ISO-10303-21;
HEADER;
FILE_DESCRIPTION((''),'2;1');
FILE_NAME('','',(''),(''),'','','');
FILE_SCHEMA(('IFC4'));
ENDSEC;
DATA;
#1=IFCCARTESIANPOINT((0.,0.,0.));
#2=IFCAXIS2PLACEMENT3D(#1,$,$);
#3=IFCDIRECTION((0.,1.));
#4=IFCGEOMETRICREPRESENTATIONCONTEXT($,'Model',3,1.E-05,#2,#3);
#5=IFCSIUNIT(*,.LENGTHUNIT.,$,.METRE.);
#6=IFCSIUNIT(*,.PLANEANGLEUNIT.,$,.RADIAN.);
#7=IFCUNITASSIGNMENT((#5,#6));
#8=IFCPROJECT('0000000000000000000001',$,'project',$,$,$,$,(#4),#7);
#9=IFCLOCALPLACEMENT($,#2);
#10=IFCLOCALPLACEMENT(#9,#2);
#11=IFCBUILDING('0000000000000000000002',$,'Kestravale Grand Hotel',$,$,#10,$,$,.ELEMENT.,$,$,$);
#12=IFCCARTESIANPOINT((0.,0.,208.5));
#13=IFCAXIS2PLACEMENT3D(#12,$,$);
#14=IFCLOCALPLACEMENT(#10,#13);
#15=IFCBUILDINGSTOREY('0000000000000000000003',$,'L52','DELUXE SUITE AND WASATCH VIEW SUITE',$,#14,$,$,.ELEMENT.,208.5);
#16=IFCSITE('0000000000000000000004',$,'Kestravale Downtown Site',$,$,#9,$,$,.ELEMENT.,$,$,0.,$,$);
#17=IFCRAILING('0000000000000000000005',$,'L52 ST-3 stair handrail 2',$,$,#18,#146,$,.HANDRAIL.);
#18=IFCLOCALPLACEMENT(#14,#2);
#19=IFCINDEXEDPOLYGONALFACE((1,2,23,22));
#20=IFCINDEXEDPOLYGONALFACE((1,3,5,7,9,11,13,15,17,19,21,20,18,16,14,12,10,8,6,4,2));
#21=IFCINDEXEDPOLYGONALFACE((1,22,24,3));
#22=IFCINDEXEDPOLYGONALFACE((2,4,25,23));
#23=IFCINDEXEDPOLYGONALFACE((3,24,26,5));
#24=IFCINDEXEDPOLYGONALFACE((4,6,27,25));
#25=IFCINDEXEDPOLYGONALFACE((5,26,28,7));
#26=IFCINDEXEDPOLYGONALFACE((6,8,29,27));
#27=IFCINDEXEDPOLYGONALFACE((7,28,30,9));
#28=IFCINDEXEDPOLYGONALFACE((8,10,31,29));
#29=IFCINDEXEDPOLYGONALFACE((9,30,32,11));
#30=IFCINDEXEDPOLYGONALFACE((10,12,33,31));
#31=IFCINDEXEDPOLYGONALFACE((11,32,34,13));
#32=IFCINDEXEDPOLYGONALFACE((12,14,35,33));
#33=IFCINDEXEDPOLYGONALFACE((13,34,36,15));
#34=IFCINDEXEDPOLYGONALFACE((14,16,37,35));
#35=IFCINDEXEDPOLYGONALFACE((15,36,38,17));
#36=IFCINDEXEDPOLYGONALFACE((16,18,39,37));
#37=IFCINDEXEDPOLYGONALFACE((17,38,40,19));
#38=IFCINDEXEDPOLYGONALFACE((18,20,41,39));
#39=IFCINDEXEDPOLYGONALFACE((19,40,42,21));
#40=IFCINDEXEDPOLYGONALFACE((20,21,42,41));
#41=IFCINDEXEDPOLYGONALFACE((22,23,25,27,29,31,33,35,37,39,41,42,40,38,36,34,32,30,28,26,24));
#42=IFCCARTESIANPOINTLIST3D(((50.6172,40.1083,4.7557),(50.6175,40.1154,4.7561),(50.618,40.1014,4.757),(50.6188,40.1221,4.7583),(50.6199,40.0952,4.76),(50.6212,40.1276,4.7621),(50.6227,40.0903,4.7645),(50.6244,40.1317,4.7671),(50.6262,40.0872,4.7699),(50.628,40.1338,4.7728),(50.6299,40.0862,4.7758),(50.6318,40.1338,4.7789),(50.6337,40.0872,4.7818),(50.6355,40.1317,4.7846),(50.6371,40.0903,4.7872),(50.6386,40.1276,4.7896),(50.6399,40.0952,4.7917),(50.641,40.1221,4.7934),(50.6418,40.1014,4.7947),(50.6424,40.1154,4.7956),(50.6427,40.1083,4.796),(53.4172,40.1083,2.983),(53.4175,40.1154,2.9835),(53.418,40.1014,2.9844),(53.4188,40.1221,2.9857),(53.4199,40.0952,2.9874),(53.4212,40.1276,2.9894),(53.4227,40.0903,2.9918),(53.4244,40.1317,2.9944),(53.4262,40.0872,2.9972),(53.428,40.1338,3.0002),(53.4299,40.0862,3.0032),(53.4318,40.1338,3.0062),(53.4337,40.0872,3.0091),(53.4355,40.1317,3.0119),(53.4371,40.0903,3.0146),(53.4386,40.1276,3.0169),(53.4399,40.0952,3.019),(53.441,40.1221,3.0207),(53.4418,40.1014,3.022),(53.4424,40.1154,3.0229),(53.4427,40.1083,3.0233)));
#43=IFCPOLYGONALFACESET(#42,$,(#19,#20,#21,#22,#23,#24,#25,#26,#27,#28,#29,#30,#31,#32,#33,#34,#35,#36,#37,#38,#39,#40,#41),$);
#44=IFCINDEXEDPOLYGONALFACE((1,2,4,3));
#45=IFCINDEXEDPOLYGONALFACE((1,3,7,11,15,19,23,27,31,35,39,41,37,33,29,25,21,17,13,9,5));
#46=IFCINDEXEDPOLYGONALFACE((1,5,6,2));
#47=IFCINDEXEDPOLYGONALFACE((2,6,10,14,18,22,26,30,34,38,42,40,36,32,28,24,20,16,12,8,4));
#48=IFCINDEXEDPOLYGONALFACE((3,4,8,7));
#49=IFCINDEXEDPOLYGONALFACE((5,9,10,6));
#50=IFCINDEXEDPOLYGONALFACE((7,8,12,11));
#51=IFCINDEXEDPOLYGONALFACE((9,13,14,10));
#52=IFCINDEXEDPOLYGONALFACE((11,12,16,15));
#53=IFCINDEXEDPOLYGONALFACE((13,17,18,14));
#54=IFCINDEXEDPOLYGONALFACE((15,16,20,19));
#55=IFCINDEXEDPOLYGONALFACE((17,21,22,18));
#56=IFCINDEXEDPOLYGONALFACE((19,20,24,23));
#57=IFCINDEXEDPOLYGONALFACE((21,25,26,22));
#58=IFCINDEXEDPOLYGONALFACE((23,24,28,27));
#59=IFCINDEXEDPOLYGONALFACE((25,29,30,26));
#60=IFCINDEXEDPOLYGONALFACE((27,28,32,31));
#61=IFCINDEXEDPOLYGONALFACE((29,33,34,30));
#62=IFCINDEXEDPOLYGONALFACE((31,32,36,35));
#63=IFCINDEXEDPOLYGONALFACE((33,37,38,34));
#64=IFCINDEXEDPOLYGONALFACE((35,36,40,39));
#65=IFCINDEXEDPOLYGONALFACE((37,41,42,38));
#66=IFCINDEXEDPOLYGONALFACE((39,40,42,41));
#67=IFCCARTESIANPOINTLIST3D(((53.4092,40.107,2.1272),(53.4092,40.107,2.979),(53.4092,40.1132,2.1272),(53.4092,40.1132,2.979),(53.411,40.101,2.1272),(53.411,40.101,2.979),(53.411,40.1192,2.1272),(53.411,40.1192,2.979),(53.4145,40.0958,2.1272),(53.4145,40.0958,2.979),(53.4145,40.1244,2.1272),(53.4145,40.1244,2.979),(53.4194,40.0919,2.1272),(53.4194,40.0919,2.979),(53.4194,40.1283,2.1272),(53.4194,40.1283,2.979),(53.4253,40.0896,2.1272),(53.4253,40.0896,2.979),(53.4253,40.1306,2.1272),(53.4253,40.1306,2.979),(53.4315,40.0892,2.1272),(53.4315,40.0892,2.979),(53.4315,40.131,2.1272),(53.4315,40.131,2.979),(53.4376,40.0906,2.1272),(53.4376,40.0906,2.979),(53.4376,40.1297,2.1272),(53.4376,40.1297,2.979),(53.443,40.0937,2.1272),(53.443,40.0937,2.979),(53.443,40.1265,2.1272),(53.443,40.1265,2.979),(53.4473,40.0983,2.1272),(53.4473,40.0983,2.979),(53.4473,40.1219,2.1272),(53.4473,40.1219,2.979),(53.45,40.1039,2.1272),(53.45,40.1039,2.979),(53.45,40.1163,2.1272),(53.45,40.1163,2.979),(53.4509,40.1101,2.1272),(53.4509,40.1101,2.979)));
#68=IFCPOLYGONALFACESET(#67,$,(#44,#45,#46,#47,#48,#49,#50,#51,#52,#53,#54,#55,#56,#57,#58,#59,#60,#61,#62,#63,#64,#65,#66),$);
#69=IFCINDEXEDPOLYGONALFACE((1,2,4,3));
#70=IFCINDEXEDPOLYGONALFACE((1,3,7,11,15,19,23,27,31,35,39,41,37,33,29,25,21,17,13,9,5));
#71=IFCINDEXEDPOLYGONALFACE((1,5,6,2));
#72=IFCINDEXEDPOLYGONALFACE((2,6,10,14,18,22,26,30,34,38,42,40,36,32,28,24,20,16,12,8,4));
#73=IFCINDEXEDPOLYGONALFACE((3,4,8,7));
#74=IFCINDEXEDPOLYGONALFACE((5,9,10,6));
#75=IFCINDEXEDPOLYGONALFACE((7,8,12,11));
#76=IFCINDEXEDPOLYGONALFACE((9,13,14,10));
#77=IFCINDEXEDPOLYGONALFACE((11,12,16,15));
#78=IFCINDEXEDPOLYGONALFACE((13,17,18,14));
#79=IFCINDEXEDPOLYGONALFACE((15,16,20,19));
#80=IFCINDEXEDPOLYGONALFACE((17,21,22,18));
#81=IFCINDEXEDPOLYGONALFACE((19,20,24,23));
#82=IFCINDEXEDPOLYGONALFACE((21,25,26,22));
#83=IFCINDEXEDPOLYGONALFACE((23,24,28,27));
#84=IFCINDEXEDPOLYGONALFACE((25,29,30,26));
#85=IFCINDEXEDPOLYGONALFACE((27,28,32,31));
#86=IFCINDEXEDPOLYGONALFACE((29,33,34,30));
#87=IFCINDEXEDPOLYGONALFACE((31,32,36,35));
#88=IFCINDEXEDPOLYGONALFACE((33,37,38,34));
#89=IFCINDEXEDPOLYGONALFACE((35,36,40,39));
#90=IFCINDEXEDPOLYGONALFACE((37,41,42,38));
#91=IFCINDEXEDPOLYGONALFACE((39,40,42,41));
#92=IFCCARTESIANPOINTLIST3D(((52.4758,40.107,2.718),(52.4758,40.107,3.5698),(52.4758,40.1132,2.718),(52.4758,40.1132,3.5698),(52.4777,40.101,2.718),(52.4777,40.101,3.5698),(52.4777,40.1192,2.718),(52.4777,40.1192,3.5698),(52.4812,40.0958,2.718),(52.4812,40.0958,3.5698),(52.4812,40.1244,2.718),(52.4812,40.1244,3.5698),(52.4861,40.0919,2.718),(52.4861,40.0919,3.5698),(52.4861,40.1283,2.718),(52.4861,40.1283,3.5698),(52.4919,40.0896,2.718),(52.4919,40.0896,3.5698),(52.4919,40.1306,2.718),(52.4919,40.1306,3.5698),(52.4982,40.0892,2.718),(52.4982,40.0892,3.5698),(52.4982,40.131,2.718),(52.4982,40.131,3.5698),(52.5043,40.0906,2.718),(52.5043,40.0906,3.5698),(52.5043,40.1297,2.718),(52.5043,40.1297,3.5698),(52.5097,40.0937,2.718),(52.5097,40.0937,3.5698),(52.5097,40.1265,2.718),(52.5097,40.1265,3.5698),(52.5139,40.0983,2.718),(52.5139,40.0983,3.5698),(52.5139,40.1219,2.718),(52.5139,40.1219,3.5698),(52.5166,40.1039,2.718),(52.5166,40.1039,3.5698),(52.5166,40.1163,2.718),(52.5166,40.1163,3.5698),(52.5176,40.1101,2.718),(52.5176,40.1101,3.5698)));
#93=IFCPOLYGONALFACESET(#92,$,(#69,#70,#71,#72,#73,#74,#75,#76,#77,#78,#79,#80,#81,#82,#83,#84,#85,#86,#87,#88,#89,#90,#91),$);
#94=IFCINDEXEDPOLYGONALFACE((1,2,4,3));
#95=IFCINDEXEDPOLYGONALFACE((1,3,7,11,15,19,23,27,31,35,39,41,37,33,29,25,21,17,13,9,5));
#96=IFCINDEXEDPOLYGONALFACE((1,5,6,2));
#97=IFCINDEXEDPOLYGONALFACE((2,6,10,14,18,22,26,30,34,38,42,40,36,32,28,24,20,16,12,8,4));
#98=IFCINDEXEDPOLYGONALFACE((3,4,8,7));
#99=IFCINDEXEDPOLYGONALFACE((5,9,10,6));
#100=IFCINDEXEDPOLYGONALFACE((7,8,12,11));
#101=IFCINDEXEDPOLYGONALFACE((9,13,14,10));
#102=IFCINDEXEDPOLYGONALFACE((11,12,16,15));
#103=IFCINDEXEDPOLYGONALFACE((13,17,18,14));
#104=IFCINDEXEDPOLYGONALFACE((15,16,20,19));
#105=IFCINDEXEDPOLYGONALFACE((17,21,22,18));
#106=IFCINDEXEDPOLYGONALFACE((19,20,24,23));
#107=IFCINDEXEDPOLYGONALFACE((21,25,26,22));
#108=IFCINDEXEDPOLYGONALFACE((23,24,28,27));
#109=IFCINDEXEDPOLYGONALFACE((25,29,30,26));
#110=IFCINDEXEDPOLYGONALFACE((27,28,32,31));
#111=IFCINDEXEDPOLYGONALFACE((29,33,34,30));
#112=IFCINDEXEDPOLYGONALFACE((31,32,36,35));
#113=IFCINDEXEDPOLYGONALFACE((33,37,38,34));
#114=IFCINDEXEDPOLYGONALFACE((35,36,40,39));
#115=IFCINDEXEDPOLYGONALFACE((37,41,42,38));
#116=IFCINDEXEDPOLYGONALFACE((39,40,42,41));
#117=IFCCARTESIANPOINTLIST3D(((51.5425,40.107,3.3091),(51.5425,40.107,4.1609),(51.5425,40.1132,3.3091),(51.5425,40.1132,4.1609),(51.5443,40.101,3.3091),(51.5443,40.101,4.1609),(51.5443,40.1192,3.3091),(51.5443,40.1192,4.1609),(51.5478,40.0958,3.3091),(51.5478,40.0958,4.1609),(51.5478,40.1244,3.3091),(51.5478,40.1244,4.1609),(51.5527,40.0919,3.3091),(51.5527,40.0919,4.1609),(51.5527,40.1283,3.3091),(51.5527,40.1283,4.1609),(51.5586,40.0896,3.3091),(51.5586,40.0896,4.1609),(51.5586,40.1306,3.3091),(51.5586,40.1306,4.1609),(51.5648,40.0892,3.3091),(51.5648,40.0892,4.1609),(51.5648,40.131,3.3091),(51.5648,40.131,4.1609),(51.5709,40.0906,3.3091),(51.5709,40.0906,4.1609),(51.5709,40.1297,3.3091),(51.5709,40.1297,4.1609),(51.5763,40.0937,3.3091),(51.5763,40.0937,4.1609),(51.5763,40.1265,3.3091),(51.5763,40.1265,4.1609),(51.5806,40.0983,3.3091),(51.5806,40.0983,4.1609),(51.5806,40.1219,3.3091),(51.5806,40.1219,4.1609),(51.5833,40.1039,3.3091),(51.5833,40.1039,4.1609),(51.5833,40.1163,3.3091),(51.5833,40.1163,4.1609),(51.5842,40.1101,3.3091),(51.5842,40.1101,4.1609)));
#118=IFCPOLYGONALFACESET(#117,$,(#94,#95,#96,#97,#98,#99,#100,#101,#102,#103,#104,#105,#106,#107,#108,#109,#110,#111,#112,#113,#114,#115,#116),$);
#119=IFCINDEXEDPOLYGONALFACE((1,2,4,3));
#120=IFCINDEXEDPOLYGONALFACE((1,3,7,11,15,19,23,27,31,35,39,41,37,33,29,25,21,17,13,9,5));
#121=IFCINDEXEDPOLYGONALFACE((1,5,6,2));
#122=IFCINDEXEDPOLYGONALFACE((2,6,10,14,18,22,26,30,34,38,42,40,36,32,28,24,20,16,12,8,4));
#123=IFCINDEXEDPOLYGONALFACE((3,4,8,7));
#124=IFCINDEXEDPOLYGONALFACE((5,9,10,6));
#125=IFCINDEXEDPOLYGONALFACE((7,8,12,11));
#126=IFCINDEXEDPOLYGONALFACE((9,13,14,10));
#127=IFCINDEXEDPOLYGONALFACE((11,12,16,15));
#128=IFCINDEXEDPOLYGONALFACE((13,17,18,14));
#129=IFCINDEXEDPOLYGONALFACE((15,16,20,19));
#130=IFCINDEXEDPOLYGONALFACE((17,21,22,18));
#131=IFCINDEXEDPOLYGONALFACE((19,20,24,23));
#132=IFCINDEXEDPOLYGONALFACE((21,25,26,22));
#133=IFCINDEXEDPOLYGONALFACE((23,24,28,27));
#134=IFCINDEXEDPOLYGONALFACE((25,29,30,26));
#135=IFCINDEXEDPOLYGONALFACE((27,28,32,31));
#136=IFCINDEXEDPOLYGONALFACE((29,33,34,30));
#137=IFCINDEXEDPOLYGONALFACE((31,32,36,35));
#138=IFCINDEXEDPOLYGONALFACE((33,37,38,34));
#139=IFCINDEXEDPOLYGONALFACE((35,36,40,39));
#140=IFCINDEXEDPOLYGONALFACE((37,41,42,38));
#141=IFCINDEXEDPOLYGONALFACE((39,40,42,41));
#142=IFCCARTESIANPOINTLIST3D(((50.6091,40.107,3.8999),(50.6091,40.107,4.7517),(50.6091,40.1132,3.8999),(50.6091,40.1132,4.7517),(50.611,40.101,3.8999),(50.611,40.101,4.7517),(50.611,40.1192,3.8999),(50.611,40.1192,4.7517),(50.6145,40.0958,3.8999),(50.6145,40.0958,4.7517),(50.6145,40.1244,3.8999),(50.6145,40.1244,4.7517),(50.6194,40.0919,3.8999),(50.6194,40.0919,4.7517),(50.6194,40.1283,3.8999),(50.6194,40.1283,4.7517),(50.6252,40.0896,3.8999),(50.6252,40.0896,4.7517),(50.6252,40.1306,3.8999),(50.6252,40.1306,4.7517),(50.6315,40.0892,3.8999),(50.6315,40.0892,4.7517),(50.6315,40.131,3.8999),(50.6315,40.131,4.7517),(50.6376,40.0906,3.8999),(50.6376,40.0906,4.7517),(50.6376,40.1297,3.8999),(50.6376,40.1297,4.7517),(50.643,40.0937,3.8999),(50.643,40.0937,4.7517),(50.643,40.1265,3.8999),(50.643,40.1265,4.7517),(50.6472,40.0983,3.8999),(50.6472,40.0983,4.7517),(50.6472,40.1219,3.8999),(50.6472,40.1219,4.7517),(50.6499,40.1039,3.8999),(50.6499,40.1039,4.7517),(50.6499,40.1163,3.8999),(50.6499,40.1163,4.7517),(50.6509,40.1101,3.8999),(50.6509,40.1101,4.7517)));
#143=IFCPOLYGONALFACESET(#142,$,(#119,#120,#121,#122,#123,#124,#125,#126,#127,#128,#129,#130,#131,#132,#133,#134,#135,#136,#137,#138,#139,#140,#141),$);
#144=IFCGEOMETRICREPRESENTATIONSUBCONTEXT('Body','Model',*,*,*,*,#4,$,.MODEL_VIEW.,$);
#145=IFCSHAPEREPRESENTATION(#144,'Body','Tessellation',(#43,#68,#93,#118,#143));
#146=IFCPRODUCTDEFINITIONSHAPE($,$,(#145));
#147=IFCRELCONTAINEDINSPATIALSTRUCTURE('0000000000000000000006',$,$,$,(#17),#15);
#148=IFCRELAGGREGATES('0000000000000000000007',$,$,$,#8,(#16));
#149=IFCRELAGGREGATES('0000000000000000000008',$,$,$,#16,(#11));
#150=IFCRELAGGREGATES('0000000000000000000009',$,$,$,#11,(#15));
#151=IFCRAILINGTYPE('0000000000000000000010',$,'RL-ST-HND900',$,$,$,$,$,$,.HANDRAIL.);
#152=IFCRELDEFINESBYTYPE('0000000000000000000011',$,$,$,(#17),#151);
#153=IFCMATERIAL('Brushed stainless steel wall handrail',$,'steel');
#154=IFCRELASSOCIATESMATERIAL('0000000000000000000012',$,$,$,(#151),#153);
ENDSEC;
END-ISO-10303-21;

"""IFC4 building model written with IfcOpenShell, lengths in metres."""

from ifc_helpers import new_model, si_unit, direction, frame, origin, origin_2d, place, context, subcontext, project, spatial, circle, extrude, material, type_object, element, save


model = new_model("IFC4")

# Units and contexts
model_context = context("Model", 3, precision=1e-05, world=origin(), true_north=direction((0.0, 1.0)))
body_context = subcontext(model_context, "Body", "Model", "MODEL_VIEW")
ifc_project = project(units=[si_unit("LENGTHUNIT", "METRE"), si_unit("PLANEANGLEUNIT", "RADIAN")], contexts=[model_context])

# Site, building, storey
site_placement = place(None, origin())
site = spatial("IfcSite", under=ifc_project, at=site_placement, Name="Kestravale Downtown Site", CompositionType="ELEMENT", RefElevation=0.0)
building_placement = place(site_placement, origin())
building = spatial("IfcBuilding", under=site, at=building_placement, Name="Kestravale Grand Hotel", CompositionType="ELEMENT")
storey_placement = place(building_placement, frame((0.0, 0.0, 208.5)))
storey = spatial("IfcBuildingStorey", under=building, at=storey_placement, Name="L52", Description="DELUXE SUITE AND WASATCH VIEW SUITE", CompositionType="ELEMENT", Elevation=208.5)

# Railing
ifc_material_1 = material(Name="Brushed stainless steel wall handrail", Category="steel")
railing_type_1 = type_object("IfcRailingType", Name="RL-ST-HND900", PredefinedType="HANDRAIL", material=ifc_material_1)
railing_1_placement = place(storey_placement, frame((53.4299, 40.1101, 2.1272)))
element("IfcRailing", 1, at=railing_1_placement, inside=storey, type_object=railing_type_1, Name="L52 ST-3 stair handrail 2", PredefinedType="HANDRAIL", context=body_context, shape_type="SweptSolid", body=[
    extrude(circle(Radius=0.0239, at=origin_2d()), frame((0.0, 0.0, 0.876), z_axis=(-0.844909, 0.0, 0.53491), x_axis=(0.0, -1.0, 0.0)), (0.0, 0.0, 1.0), 3.314),
    extrude(circle(Radius=0.021, at=origin_2d()), origin(), (0.0, 0.0, 1.0), 0.8518),
    extrude(circle(Radius=0.021, at=origin_2d()), frame((-0.9333, 0.0, 0.5908)), (0.0, 0.0, 1.0), 0.8518),
    extrude(circle(Radius=0.021, at=origin_2d()), frame((-1.8667, 0.0, 1.1819)), (0.0, 0.0, 1.0), 0.8518),
    extrude(circle(Radius=0.021, at=origin_2d()), frame((-2.8, 0.0, 1.7727)), (0.0, 0.0, 1.0), 0.8518),
])

save(model, "model.ifc")
